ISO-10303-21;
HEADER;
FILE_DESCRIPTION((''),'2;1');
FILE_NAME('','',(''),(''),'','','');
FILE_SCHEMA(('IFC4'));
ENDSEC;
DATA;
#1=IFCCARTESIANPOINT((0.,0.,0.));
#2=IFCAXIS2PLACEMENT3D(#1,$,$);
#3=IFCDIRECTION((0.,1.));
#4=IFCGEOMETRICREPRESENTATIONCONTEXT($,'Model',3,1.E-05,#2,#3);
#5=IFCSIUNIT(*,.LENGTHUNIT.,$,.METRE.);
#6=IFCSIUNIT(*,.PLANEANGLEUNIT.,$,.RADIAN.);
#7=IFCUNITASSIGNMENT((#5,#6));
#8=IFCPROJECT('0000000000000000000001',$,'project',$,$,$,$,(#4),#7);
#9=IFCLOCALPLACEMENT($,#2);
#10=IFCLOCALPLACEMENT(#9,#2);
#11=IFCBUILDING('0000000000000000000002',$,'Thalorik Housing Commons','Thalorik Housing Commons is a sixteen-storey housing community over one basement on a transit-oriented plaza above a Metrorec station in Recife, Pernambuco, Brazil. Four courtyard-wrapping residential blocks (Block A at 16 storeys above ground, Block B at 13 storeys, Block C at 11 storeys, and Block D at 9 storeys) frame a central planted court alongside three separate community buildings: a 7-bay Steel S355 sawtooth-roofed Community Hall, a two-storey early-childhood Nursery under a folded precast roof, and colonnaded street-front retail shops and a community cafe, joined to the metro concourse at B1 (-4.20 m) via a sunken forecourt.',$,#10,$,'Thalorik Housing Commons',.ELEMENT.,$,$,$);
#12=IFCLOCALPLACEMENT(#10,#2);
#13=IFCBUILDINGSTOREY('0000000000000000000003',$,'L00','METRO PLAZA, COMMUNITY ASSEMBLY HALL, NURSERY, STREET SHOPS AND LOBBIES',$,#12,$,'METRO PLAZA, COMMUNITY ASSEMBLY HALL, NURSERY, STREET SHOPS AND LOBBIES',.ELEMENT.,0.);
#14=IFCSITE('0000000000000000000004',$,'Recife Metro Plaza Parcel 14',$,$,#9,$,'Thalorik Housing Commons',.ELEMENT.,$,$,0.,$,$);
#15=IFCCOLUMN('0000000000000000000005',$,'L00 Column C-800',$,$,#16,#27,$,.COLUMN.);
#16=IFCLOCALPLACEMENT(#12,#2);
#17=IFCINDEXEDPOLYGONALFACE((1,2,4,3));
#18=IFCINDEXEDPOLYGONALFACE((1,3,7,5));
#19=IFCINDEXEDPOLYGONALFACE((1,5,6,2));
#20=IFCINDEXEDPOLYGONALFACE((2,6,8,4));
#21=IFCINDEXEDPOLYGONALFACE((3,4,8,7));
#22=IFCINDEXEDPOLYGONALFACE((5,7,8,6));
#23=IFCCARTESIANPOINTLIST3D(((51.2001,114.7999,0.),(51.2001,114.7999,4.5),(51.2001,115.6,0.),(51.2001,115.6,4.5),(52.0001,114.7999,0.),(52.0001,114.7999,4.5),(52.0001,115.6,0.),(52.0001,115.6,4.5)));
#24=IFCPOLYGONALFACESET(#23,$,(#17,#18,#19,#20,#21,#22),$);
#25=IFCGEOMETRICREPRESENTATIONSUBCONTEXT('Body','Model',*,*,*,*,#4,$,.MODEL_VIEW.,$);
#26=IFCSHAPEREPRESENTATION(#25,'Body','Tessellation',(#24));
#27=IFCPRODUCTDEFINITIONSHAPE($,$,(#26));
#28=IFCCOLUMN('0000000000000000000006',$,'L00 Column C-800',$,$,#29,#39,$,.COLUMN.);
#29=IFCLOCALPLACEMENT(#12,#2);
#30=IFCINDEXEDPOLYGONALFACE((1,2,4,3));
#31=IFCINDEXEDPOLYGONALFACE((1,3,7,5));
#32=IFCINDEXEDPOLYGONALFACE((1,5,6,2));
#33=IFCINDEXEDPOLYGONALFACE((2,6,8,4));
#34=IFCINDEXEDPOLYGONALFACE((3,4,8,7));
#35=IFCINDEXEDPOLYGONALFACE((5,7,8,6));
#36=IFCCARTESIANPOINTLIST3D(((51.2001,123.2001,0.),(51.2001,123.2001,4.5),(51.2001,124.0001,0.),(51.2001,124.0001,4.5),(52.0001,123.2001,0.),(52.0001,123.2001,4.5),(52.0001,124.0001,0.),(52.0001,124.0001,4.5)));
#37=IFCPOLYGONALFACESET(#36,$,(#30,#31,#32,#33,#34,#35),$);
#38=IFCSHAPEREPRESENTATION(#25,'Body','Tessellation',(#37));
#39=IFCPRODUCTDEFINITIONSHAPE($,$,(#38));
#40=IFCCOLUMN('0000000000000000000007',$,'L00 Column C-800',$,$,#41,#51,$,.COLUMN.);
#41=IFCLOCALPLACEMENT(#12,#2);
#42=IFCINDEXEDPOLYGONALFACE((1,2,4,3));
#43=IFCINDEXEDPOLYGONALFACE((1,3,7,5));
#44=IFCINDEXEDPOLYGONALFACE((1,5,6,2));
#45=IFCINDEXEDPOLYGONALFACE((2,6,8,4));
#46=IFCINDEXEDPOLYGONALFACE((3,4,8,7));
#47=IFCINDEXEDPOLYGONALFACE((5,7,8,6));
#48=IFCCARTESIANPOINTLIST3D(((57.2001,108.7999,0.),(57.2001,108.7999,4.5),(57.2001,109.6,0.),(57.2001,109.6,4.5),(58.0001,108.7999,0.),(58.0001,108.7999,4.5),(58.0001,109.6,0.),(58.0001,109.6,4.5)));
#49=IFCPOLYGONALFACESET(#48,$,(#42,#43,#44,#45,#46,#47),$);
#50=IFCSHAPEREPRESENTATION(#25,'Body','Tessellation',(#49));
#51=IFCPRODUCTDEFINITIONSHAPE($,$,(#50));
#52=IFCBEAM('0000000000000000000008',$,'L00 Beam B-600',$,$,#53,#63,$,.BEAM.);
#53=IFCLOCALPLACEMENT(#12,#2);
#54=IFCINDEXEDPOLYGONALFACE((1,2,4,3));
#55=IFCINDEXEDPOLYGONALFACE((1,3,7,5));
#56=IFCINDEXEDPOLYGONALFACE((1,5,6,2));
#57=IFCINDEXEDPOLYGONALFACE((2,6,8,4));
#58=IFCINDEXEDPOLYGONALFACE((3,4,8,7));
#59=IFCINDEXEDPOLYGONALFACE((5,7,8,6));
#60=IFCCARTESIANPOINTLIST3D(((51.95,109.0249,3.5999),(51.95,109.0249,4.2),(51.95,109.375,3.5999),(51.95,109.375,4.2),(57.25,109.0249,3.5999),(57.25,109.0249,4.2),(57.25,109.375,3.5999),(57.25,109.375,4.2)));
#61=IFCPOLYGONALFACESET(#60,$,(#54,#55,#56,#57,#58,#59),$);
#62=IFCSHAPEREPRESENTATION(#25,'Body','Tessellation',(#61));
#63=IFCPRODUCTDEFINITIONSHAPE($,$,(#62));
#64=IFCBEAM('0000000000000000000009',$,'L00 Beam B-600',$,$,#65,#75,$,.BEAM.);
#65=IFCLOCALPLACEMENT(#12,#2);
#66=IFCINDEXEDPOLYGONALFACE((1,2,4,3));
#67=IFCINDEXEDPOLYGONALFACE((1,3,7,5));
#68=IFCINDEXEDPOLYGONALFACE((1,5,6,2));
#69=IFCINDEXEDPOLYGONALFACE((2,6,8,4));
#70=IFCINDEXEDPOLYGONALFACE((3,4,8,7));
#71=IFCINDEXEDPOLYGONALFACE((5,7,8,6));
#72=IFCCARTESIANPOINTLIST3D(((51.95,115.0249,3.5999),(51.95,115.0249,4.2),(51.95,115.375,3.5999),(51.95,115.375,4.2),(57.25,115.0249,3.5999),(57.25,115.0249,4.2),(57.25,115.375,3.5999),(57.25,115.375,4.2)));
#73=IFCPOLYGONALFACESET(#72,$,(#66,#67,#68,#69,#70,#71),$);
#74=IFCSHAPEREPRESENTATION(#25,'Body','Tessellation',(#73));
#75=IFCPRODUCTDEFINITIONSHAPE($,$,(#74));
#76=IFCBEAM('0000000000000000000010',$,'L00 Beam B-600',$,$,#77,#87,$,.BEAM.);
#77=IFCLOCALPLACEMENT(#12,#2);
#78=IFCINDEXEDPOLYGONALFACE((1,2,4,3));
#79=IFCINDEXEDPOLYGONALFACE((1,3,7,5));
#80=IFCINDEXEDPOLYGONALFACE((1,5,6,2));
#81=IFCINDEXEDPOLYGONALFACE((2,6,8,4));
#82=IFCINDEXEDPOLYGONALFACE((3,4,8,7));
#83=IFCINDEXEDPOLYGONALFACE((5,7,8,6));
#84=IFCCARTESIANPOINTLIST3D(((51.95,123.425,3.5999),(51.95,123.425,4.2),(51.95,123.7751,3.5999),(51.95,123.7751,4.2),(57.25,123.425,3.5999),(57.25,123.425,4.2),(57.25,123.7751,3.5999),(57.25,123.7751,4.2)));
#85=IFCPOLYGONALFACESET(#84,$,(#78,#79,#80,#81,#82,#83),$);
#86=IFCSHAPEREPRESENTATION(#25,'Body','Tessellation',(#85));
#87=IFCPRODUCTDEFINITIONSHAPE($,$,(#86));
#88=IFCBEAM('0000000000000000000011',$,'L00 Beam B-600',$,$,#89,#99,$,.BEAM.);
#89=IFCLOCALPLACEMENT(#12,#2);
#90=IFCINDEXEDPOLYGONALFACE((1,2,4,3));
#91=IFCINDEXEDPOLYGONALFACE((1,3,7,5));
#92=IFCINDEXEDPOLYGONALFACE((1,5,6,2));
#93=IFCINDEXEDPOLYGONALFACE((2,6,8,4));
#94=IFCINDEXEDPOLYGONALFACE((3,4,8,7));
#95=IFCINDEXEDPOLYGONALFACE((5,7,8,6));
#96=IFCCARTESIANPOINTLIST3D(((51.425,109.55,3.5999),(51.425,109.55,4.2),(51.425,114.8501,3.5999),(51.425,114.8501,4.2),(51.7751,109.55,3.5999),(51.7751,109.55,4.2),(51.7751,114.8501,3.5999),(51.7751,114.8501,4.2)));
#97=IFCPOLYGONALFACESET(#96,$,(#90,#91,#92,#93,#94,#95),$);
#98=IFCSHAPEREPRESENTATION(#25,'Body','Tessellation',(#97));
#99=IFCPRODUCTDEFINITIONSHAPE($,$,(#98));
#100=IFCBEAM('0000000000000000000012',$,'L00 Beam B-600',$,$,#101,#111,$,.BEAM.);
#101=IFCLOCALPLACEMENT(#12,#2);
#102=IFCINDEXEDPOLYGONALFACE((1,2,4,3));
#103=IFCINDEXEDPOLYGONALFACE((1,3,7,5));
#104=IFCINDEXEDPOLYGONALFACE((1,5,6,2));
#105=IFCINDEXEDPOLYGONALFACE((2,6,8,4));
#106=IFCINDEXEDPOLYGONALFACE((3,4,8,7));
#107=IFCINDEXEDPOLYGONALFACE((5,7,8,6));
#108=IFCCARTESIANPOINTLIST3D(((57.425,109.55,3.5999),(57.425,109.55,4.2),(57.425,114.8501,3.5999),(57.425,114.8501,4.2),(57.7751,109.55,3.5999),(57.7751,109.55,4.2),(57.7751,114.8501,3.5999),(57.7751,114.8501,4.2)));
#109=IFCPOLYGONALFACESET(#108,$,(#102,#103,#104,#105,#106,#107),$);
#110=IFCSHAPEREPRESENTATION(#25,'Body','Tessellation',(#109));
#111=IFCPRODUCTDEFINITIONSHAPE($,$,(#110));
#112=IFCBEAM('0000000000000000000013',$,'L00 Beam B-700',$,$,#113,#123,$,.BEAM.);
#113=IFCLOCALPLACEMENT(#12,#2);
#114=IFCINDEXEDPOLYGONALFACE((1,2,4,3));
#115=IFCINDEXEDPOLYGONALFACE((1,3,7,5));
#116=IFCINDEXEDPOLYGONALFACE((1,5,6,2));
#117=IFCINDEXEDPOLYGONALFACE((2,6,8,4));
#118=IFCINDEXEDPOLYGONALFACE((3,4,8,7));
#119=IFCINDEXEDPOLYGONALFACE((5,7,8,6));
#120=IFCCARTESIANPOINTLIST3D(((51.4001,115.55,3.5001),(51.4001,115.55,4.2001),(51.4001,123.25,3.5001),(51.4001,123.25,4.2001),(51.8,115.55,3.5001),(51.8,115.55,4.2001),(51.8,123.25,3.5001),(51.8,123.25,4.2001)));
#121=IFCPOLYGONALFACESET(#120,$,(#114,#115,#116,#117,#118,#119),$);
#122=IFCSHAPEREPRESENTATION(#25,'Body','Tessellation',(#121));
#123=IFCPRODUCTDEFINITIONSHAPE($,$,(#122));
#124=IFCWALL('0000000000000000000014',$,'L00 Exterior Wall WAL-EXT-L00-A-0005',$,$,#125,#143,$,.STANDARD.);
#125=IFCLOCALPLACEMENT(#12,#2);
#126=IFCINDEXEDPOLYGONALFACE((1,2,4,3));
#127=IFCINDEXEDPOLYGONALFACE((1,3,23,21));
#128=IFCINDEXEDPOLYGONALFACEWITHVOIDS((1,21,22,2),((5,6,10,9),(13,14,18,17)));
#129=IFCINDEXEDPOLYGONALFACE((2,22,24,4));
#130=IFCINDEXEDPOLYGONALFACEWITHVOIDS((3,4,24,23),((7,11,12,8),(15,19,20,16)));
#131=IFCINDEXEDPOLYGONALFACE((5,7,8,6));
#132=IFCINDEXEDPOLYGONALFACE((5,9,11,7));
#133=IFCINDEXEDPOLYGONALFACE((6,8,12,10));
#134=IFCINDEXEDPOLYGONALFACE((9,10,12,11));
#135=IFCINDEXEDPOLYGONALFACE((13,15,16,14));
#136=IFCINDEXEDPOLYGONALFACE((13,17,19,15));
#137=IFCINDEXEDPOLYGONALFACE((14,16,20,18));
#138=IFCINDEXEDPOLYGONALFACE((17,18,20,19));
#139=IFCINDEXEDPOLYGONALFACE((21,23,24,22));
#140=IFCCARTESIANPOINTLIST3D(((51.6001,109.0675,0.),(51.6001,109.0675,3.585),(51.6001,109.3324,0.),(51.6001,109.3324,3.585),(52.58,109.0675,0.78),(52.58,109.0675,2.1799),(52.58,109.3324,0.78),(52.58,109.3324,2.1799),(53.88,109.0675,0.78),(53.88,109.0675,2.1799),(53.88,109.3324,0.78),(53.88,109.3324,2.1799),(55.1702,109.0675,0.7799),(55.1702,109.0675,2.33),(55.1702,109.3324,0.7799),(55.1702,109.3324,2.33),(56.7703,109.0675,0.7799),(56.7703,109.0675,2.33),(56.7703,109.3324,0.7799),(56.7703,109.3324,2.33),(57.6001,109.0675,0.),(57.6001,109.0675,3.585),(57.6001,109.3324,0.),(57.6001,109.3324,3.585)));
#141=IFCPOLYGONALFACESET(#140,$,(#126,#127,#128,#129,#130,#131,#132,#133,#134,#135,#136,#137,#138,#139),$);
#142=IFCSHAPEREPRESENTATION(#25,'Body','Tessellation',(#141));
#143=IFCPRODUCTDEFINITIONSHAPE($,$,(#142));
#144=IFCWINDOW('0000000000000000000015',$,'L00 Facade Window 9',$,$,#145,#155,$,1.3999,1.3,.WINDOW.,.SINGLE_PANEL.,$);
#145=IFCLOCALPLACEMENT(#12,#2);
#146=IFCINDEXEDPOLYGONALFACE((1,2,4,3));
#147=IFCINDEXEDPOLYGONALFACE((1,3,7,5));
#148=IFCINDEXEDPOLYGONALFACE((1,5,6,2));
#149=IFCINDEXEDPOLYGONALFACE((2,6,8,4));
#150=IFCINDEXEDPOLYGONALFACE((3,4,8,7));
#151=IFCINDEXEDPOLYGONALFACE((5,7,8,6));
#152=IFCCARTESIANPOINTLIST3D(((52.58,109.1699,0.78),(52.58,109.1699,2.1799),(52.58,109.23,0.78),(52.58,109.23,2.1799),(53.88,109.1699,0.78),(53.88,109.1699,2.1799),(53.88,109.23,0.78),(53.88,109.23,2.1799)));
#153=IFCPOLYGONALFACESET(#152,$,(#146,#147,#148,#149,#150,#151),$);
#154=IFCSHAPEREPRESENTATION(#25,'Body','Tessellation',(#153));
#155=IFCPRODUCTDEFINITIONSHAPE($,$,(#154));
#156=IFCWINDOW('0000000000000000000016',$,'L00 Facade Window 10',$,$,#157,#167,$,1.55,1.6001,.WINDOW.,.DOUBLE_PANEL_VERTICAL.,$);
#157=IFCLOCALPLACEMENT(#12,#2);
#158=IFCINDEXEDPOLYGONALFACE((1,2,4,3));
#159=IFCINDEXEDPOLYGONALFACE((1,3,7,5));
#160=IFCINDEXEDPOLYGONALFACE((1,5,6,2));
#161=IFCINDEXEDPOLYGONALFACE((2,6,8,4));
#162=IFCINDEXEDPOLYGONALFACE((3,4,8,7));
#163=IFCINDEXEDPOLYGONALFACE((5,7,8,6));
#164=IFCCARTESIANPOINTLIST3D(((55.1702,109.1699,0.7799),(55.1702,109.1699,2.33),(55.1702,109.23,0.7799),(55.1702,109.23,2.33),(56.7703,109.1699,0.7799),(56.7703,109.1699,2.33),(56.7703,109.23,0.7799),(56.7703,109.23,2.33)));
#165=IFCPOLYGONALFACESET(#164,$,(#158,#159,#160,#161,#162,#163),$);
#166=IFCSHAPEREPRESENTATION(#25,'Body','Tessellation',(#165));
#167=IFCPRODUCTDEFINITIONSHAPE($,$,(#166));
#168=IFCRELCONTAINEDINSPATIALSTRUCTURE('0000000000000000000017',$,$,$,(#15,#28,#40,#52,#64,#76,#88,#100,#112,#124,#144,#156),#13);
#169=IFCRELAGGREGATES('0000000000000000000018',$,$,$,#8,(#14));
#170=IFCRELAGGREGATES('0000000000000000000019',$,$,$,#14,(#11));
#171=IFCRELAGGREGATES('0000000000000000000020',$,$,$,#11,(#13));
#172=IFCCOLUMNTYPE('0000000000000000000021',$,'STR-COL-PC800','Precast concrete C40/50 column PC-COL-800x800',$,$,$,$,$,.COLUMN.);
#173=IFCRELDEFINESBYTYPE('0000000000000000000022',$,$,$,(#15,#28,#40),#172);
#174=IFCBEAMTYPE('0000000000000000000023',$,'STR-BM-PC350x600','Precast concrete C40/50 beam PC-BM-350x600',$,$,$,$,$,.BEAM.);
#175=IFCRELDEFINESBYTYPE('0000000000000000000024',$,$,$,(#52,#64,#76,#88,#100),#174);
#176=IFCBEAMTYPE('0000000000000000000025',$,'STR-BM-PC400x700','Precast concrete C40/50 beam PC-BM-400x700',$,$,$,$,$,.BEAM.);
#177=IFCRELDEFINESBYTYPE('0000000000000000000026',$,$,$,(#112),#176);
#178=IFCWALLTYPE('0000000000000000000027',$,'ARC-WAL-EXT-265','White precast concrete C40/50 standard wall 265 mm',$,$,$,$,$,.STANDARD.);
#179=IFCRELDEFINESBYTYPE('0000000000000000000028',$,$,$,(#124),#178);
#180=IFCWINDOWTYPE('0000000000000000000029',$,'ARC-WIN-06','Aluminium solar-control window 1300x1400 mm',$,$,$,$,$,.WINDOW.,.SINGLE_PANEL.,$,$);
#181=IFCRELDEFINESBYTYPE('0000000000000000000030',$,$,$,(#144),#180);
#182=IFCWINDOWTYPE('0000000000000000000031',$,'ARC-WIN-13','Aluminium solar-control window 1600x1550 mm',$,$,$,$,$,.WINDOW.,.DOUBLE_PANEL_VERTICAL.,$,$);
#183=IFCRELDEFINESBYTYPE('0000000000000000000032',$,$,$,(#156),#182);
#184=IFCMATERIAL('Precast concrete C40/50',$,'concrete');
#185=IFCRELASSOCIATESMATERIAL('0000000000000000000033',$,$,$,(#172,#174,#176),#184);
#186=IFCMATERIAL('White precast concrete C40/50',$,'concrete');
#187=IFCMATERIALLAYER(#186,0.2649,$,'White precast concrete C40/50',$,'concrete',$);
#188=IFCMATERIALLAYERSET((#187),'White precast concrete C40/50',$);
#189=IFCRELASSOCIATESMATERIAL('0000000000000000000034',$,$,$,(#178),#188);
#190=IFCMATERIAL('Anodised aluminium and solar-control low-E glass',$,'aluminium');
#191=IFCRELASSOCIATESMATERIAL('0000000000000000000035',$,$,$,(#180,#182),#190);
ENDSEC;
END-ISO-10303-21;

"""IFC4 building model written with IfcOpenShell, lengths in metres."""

from ifc_helpers import new_model, si_unit, direction, frame, frame_2d, origin, origin_2d, place, context, subcontext, project, spatial, rectangle, extrude, material, layer, layer_set, material_profile, profile_set, type_object, element, fill, save


model = new_model("IFC4")

# Units and contexts
model_context = context("Model", 3, precision=1e-05, world=origin(), true_north=direction((0.0, 1.0)))
body_context = subcontext(model_context, "Body", "Model", "MODEL_VIEW")
ifc_project = project(units=[si_unit("LENGTHUNIT", "METRE"), si_unit("PLANEANGLEUNIT", "RADIAN")], contexts=[model_context])

# Site, building, storey
site_placement = place(None, origin())
site = spatial("IfcSite", under=ifc_project, at=site_placement, Name="Recife Metro Plaza Parcel 14", LongName="Thalorik Housing Commons", CompositionType="ELEMENT", RefElevation=0.0)
building_placement = place(site_placement, origin())
building = spatial("IfcBuilding", under=site, at=building_placement, Name="Thalorik Housing Commons", Description="Thalorik Housing Commons is a sixteen-storey housing community over one basement on a transit-oriented plaza above a Metrorec station in Recife, Pernambuco, Brazil. Four courtyard-wrapping residential blocks (Block A at 16 storeys above ground, Block B at 13 storeys, Block C at 11 storeys, and Block D at 9 storeys) frame a central planted court alongside three separate community buildings: a 7-bay Steel S355 sawtooth-roofed Community Hall, a two-storey early-childhood Nursery under a folded precast roof, and colonnaded street-front retail shops and a community cafe, joined to the metro concourse at B1 (-4.20 m) via a sunken forecourt.", LongName="Thalorik Housing Commons", CompositionType="ELEMENT")
storey_placement = place(building_placement, origin())
storey = spatial("IfcBuildingStorey", under=building, at=storey_placement, Name="L00", Description="METRO PLAZA, COMMUNITY ASSEMBLY HALL, NURSERY, STREET SHOPS AND LOBBIES", LongName="METRO PLAZA, COMMUNITY ASSEMBLY HALL, NURSERY, STREET SHOPS AND LOBBIES", CompositionType="ELEMENT", Elevation=0.0)

# Columns
ifc_material_1 = material(Name="Precast concrete C40/50", Category="concrete")
ifc_material_profile_1 = material_profile(ifc_material_1, rectangle(XDim=0.8, YDim=0.8, at=origin_2d()), Name="PC 800x800", Category="concrete")
ifc_profile_set_1 = profile_set([ifc_material_profile_1], Name="Precast concrete C40/50")
column_type = type_object("IfcColumnType", Name="STR-COL-PC800", Description="Precast concrete C40/50 column PC-COL-800x800", PredefinedType="COLUMN", material=ifc_profile_set_1)
for number, where, z_axis, x_axis, name in (
    (1, (51.6001, 115.2, 0.0), (0.0, 0.0, 1.0), (1.0, 0.0, 0.0), "L00 Column C-800"),
    (2, (51.6001, 123.6001, 0.0), (0.0, 0.0, 1.0), (1.0, 0.0, 0.0), "L00 Column C-800"),
    (3, (57.6001, 109.2, 0.0), (0.0, 0.0, 1.0), (1.0, 0.0, 0.0), "L00 Column C-800"),
):
    element("IfcColumn", number, at=place(storey_placement, frame(where, z_axis=z_axis, x_axis=x_axis)), inside=storey, type_object=column_type, Name=name, PredefinedType="COLUMN", context=body_context, shape_type="SweptSolid", body=[
        extrude(rectangle(XDim=0.8, YDim=0.8, at=origin_2d()), origin(), (0.0, 0.0, 1.0), 4.5),
    ])

# Beams
ifc_material_profile_2 = material_profile(ifc_material_1, rectangle(XDim=0.3501, YDim=0.6001, at=origin_2d()), Name="PC 350x600", Category="concrete")
ifc_profile_set_2 = profile_set([ifc_material_profile_2], Name="Precast concrete C40/50")
beam_type_1 = type_object("IfcBeamType", Name="STR-BM-PC350x600", Description="Precast concrete C40/50 beam PC-BM-350x600", PredefinedType="BEAM", material=ifc_profile_set_2)
for number, where, z_axis, x_axis, name in (
    (4, (51.95, 109.2, 3.8999), (1.0, 0.0, 0.0), (0.0, 1.0, 0.0), "L00 Beam B-600"),
    (5, (51.95, 115.2, 3.8999), (1.0, 0.0, 0.0), (0.0, 1.0, 0.0), "L00 Beam B-600"),
    (6, (51.95, 123.6001, 3.8999), (1.0, 0.0, 0.0), (0.0, 1.0, 0.0), "L00 Beam B-600"),
    (7, (51.6001, 109.55, 3.8999), (0.0, 1.0, 0.0), (-1.0, 0.0, 0.0), "L00 Beam B-600"),
    (8, (57.6001, 109.55, 3.8999), (0.0, 1.0, 0.0), (-1.0, 0.0, 0.0), "L00 Beam B-600"),
):
    element("IfcBeam", number, at=place(storey_placement, frame(where, z_axis=z_axis, x_axis=x_axis)), inside=storey, type_object=beam_type_1, Name=name, PredefinedType="BEAM", context=body_context, shape_type="SweptSolid", body=[
        extrude(rectangle(XDim=0.3501, YDim=0.6001, at=origin_2d()), origin(), (0.0, 0.0, 1.0), 5.3),
    ])
ifc_material_profile_3 = material_profile(ifc_material_1, rectangle(XDim=0.3999, YDim=0.7, at=origin_2d()), Name="PC 400x700", Category="concrete")
ifc_profile_set_3 = profile_set([ifc_material_profile_3], Name="Precast concrete C40/50")
beam_type_2 = type_object("IfcBeamType", Name="STR-BM-PC400x700", Description="Precast concrete C40/50 beam PC-BM-400x700", PredefinedType="BEAM", material=ifc_profile_set_3)
beam_placement = place(storey_placement, frame((51.6001, 115.55, 3.8501), z_axis=(0.0, 1.0, 0.0), x_axis=(-1.0, 0.0, 0.0)))
element("IfcBeam", 9, at=beam_placement, inside=storey, type_object=beam_type_2, Name="L00 Beam B-700", PredefinedType="BEAM", context=body_context, shape_type="SweptSolid", body=[
    extrude(rectangle(XDim=0.3999, YDim=0.7, at=origin_2d()), origin(), (0.0, 0.0, 1.0), 7.7),
])

# Shared definitions
ifc_material_2 = material(Name="White precast concrete C40/50", Category="concrete")

# Wall, openings, windows
ifc_layer_1 = layer(ifc_material_2, 0.2649, Name="White precast concrete C40/50", Category="concrete")
ifc_layer_set_1 = layer_set([ifc_layer_1], Name="White precast concrete C40/50")
wall_type_1 = type_object("IfcWallType", Name="ARC-WAL-EXT-265", Description="White precast concrete C40/50 standard wall 265 mm", PredefinedType="STANDARD", material=ifc_layer_set_1)
wall_1_placement = place(storey_placement, frame((51.6001, 109.2, 0.0), z_axis=(0.0, 0.0, 1.0), x_axis=(1.0, 0.0, 0.0)))
wall_1 = element("IfcWall", 10, at=wall_1_placement, inside=storey, type_object=wall_type_1, Name="L00 Exterior Wall WAL-EXT-L00-A-0005", PredefinedType="STANDARD", context=body_context, shape_type="SweptSolid", body=[
    extrude(rectangle(XDim=6.0, YDim=0.2649, at=frame_2d((3.0, 0.0))), origin(), (0.0, 0.0, 1.0), 3.585),
])
opening_1_placement = place(wall_1_placement, frame((0.98, 0.0, 0.78)))
opening_1 = element("IfcOpeningElement", 11, at=opening_1_placement, cuts=wall_1, PredefinedType="OPENING", context=body_context, shape_type="SweptSolid", body=[
    extrude(rectangle(XDim=1.3, YDim=1.3999, at=frame_2d((0.6499, 0.7))), frame((0.0, 0.1426, 0.0), z_axis=(0.0, -1.0, 0.0), x_axis=(1.0, 0.0, 0.0)), (0.0, 0.0, 1.0), 0.2849),
])
opening_2_placement = place(wall_1_placement, frame((3.5701, 0.0, 0.78)))
opening_2 = element("IfcOpeningElement", 12, at=opening_2_placement, cuts=wall_1, PredefinedType="OPENING", context=body_context, shape_type="SweptSolid", body=[
    extrude(rectangle(XDim=1.6001, YDim=1.55, at=frame_2d((0.8, 0.7749))), frame((0.0, 0.1426, 0.0), z_axis=(0.0, -1.0, 0.0), x_axis=(1.0, 0.0, 0.0)), (0.0, 0.0, 1.0), 0.2849),
])
ifc_material_3 = material(Name="Anodised aluminium and solar-control low-E glass", Category="aluminium")
window_type_1 = type_object("IfcWindowType", Name="ARC-WIN-06", Description="Aluminium solar-control window 1300x1400 mm", PartitioningType="SINGLE_PANEL", PredefinedType="WINDOW", material=ifc_material_3)
window_1_placement = place(opening_1_placement, origin())
window_1 = element("IfcWindow", 13, at=window_1_placement, inside=storey, type_object=window_type_1, Name="L00 Facade Window 9", OverallHeight=1.3999, OverallWidth=1.3, PartitioningType="SINGLE_PANEL", PredefinedType="WINDOW", context=body_context, shape_type="SweptSolid", body=[
    extrude(rectangle(XDim=1.3, YDim=1.3999, at=frame_2d((0.6499, 0.7))), frame((0.0, 0.03, 0.0), z_axis=(0.0, -1.0, 0.0), x_axis=(1.0, 0.0, 0.0)), (0.0, 0.0, 1.0), 0.0601),
])
fill(opening_1, window_1)
window_type_2 = type_object("IfcWindowType", Name="ARC-WIN-13", Description="Aluminium solar-control window 1600x1550 mm", PartitioningType="DOUBLE_PANEL_VERTICAL", PredefinedType="WINDOW", material=ifc_material_3)
window_2_placement = place(opening_2_placement, origin())
window_2 = element("IfcWindow", 14, at=window_2_placement, inside=storey, type_object=window_type_2, Name="L00 Facade Window 10", OverallHeight=1.55, OverallWidth=1.6001, PartitioningType="DOUBLE_PANEL_VERTICAL", PredefinedType="WINDOW", context=body_context, shape_type="SweptSolid", body=[
    extrude(rectangle(XDim=1.6001, YDim=1.55, at=frame_2d((0.8, 0.7749))), frame((0.0, 0.03, 0.0), z_axis=(0.0, -1.0, 0.0), x_axis=(1.0, 0.0, 0.0)), (0.0, 0.0, 1.0), 0.0601),
])
fill(opening_2, window_2)

save(model, "model.ifc")
